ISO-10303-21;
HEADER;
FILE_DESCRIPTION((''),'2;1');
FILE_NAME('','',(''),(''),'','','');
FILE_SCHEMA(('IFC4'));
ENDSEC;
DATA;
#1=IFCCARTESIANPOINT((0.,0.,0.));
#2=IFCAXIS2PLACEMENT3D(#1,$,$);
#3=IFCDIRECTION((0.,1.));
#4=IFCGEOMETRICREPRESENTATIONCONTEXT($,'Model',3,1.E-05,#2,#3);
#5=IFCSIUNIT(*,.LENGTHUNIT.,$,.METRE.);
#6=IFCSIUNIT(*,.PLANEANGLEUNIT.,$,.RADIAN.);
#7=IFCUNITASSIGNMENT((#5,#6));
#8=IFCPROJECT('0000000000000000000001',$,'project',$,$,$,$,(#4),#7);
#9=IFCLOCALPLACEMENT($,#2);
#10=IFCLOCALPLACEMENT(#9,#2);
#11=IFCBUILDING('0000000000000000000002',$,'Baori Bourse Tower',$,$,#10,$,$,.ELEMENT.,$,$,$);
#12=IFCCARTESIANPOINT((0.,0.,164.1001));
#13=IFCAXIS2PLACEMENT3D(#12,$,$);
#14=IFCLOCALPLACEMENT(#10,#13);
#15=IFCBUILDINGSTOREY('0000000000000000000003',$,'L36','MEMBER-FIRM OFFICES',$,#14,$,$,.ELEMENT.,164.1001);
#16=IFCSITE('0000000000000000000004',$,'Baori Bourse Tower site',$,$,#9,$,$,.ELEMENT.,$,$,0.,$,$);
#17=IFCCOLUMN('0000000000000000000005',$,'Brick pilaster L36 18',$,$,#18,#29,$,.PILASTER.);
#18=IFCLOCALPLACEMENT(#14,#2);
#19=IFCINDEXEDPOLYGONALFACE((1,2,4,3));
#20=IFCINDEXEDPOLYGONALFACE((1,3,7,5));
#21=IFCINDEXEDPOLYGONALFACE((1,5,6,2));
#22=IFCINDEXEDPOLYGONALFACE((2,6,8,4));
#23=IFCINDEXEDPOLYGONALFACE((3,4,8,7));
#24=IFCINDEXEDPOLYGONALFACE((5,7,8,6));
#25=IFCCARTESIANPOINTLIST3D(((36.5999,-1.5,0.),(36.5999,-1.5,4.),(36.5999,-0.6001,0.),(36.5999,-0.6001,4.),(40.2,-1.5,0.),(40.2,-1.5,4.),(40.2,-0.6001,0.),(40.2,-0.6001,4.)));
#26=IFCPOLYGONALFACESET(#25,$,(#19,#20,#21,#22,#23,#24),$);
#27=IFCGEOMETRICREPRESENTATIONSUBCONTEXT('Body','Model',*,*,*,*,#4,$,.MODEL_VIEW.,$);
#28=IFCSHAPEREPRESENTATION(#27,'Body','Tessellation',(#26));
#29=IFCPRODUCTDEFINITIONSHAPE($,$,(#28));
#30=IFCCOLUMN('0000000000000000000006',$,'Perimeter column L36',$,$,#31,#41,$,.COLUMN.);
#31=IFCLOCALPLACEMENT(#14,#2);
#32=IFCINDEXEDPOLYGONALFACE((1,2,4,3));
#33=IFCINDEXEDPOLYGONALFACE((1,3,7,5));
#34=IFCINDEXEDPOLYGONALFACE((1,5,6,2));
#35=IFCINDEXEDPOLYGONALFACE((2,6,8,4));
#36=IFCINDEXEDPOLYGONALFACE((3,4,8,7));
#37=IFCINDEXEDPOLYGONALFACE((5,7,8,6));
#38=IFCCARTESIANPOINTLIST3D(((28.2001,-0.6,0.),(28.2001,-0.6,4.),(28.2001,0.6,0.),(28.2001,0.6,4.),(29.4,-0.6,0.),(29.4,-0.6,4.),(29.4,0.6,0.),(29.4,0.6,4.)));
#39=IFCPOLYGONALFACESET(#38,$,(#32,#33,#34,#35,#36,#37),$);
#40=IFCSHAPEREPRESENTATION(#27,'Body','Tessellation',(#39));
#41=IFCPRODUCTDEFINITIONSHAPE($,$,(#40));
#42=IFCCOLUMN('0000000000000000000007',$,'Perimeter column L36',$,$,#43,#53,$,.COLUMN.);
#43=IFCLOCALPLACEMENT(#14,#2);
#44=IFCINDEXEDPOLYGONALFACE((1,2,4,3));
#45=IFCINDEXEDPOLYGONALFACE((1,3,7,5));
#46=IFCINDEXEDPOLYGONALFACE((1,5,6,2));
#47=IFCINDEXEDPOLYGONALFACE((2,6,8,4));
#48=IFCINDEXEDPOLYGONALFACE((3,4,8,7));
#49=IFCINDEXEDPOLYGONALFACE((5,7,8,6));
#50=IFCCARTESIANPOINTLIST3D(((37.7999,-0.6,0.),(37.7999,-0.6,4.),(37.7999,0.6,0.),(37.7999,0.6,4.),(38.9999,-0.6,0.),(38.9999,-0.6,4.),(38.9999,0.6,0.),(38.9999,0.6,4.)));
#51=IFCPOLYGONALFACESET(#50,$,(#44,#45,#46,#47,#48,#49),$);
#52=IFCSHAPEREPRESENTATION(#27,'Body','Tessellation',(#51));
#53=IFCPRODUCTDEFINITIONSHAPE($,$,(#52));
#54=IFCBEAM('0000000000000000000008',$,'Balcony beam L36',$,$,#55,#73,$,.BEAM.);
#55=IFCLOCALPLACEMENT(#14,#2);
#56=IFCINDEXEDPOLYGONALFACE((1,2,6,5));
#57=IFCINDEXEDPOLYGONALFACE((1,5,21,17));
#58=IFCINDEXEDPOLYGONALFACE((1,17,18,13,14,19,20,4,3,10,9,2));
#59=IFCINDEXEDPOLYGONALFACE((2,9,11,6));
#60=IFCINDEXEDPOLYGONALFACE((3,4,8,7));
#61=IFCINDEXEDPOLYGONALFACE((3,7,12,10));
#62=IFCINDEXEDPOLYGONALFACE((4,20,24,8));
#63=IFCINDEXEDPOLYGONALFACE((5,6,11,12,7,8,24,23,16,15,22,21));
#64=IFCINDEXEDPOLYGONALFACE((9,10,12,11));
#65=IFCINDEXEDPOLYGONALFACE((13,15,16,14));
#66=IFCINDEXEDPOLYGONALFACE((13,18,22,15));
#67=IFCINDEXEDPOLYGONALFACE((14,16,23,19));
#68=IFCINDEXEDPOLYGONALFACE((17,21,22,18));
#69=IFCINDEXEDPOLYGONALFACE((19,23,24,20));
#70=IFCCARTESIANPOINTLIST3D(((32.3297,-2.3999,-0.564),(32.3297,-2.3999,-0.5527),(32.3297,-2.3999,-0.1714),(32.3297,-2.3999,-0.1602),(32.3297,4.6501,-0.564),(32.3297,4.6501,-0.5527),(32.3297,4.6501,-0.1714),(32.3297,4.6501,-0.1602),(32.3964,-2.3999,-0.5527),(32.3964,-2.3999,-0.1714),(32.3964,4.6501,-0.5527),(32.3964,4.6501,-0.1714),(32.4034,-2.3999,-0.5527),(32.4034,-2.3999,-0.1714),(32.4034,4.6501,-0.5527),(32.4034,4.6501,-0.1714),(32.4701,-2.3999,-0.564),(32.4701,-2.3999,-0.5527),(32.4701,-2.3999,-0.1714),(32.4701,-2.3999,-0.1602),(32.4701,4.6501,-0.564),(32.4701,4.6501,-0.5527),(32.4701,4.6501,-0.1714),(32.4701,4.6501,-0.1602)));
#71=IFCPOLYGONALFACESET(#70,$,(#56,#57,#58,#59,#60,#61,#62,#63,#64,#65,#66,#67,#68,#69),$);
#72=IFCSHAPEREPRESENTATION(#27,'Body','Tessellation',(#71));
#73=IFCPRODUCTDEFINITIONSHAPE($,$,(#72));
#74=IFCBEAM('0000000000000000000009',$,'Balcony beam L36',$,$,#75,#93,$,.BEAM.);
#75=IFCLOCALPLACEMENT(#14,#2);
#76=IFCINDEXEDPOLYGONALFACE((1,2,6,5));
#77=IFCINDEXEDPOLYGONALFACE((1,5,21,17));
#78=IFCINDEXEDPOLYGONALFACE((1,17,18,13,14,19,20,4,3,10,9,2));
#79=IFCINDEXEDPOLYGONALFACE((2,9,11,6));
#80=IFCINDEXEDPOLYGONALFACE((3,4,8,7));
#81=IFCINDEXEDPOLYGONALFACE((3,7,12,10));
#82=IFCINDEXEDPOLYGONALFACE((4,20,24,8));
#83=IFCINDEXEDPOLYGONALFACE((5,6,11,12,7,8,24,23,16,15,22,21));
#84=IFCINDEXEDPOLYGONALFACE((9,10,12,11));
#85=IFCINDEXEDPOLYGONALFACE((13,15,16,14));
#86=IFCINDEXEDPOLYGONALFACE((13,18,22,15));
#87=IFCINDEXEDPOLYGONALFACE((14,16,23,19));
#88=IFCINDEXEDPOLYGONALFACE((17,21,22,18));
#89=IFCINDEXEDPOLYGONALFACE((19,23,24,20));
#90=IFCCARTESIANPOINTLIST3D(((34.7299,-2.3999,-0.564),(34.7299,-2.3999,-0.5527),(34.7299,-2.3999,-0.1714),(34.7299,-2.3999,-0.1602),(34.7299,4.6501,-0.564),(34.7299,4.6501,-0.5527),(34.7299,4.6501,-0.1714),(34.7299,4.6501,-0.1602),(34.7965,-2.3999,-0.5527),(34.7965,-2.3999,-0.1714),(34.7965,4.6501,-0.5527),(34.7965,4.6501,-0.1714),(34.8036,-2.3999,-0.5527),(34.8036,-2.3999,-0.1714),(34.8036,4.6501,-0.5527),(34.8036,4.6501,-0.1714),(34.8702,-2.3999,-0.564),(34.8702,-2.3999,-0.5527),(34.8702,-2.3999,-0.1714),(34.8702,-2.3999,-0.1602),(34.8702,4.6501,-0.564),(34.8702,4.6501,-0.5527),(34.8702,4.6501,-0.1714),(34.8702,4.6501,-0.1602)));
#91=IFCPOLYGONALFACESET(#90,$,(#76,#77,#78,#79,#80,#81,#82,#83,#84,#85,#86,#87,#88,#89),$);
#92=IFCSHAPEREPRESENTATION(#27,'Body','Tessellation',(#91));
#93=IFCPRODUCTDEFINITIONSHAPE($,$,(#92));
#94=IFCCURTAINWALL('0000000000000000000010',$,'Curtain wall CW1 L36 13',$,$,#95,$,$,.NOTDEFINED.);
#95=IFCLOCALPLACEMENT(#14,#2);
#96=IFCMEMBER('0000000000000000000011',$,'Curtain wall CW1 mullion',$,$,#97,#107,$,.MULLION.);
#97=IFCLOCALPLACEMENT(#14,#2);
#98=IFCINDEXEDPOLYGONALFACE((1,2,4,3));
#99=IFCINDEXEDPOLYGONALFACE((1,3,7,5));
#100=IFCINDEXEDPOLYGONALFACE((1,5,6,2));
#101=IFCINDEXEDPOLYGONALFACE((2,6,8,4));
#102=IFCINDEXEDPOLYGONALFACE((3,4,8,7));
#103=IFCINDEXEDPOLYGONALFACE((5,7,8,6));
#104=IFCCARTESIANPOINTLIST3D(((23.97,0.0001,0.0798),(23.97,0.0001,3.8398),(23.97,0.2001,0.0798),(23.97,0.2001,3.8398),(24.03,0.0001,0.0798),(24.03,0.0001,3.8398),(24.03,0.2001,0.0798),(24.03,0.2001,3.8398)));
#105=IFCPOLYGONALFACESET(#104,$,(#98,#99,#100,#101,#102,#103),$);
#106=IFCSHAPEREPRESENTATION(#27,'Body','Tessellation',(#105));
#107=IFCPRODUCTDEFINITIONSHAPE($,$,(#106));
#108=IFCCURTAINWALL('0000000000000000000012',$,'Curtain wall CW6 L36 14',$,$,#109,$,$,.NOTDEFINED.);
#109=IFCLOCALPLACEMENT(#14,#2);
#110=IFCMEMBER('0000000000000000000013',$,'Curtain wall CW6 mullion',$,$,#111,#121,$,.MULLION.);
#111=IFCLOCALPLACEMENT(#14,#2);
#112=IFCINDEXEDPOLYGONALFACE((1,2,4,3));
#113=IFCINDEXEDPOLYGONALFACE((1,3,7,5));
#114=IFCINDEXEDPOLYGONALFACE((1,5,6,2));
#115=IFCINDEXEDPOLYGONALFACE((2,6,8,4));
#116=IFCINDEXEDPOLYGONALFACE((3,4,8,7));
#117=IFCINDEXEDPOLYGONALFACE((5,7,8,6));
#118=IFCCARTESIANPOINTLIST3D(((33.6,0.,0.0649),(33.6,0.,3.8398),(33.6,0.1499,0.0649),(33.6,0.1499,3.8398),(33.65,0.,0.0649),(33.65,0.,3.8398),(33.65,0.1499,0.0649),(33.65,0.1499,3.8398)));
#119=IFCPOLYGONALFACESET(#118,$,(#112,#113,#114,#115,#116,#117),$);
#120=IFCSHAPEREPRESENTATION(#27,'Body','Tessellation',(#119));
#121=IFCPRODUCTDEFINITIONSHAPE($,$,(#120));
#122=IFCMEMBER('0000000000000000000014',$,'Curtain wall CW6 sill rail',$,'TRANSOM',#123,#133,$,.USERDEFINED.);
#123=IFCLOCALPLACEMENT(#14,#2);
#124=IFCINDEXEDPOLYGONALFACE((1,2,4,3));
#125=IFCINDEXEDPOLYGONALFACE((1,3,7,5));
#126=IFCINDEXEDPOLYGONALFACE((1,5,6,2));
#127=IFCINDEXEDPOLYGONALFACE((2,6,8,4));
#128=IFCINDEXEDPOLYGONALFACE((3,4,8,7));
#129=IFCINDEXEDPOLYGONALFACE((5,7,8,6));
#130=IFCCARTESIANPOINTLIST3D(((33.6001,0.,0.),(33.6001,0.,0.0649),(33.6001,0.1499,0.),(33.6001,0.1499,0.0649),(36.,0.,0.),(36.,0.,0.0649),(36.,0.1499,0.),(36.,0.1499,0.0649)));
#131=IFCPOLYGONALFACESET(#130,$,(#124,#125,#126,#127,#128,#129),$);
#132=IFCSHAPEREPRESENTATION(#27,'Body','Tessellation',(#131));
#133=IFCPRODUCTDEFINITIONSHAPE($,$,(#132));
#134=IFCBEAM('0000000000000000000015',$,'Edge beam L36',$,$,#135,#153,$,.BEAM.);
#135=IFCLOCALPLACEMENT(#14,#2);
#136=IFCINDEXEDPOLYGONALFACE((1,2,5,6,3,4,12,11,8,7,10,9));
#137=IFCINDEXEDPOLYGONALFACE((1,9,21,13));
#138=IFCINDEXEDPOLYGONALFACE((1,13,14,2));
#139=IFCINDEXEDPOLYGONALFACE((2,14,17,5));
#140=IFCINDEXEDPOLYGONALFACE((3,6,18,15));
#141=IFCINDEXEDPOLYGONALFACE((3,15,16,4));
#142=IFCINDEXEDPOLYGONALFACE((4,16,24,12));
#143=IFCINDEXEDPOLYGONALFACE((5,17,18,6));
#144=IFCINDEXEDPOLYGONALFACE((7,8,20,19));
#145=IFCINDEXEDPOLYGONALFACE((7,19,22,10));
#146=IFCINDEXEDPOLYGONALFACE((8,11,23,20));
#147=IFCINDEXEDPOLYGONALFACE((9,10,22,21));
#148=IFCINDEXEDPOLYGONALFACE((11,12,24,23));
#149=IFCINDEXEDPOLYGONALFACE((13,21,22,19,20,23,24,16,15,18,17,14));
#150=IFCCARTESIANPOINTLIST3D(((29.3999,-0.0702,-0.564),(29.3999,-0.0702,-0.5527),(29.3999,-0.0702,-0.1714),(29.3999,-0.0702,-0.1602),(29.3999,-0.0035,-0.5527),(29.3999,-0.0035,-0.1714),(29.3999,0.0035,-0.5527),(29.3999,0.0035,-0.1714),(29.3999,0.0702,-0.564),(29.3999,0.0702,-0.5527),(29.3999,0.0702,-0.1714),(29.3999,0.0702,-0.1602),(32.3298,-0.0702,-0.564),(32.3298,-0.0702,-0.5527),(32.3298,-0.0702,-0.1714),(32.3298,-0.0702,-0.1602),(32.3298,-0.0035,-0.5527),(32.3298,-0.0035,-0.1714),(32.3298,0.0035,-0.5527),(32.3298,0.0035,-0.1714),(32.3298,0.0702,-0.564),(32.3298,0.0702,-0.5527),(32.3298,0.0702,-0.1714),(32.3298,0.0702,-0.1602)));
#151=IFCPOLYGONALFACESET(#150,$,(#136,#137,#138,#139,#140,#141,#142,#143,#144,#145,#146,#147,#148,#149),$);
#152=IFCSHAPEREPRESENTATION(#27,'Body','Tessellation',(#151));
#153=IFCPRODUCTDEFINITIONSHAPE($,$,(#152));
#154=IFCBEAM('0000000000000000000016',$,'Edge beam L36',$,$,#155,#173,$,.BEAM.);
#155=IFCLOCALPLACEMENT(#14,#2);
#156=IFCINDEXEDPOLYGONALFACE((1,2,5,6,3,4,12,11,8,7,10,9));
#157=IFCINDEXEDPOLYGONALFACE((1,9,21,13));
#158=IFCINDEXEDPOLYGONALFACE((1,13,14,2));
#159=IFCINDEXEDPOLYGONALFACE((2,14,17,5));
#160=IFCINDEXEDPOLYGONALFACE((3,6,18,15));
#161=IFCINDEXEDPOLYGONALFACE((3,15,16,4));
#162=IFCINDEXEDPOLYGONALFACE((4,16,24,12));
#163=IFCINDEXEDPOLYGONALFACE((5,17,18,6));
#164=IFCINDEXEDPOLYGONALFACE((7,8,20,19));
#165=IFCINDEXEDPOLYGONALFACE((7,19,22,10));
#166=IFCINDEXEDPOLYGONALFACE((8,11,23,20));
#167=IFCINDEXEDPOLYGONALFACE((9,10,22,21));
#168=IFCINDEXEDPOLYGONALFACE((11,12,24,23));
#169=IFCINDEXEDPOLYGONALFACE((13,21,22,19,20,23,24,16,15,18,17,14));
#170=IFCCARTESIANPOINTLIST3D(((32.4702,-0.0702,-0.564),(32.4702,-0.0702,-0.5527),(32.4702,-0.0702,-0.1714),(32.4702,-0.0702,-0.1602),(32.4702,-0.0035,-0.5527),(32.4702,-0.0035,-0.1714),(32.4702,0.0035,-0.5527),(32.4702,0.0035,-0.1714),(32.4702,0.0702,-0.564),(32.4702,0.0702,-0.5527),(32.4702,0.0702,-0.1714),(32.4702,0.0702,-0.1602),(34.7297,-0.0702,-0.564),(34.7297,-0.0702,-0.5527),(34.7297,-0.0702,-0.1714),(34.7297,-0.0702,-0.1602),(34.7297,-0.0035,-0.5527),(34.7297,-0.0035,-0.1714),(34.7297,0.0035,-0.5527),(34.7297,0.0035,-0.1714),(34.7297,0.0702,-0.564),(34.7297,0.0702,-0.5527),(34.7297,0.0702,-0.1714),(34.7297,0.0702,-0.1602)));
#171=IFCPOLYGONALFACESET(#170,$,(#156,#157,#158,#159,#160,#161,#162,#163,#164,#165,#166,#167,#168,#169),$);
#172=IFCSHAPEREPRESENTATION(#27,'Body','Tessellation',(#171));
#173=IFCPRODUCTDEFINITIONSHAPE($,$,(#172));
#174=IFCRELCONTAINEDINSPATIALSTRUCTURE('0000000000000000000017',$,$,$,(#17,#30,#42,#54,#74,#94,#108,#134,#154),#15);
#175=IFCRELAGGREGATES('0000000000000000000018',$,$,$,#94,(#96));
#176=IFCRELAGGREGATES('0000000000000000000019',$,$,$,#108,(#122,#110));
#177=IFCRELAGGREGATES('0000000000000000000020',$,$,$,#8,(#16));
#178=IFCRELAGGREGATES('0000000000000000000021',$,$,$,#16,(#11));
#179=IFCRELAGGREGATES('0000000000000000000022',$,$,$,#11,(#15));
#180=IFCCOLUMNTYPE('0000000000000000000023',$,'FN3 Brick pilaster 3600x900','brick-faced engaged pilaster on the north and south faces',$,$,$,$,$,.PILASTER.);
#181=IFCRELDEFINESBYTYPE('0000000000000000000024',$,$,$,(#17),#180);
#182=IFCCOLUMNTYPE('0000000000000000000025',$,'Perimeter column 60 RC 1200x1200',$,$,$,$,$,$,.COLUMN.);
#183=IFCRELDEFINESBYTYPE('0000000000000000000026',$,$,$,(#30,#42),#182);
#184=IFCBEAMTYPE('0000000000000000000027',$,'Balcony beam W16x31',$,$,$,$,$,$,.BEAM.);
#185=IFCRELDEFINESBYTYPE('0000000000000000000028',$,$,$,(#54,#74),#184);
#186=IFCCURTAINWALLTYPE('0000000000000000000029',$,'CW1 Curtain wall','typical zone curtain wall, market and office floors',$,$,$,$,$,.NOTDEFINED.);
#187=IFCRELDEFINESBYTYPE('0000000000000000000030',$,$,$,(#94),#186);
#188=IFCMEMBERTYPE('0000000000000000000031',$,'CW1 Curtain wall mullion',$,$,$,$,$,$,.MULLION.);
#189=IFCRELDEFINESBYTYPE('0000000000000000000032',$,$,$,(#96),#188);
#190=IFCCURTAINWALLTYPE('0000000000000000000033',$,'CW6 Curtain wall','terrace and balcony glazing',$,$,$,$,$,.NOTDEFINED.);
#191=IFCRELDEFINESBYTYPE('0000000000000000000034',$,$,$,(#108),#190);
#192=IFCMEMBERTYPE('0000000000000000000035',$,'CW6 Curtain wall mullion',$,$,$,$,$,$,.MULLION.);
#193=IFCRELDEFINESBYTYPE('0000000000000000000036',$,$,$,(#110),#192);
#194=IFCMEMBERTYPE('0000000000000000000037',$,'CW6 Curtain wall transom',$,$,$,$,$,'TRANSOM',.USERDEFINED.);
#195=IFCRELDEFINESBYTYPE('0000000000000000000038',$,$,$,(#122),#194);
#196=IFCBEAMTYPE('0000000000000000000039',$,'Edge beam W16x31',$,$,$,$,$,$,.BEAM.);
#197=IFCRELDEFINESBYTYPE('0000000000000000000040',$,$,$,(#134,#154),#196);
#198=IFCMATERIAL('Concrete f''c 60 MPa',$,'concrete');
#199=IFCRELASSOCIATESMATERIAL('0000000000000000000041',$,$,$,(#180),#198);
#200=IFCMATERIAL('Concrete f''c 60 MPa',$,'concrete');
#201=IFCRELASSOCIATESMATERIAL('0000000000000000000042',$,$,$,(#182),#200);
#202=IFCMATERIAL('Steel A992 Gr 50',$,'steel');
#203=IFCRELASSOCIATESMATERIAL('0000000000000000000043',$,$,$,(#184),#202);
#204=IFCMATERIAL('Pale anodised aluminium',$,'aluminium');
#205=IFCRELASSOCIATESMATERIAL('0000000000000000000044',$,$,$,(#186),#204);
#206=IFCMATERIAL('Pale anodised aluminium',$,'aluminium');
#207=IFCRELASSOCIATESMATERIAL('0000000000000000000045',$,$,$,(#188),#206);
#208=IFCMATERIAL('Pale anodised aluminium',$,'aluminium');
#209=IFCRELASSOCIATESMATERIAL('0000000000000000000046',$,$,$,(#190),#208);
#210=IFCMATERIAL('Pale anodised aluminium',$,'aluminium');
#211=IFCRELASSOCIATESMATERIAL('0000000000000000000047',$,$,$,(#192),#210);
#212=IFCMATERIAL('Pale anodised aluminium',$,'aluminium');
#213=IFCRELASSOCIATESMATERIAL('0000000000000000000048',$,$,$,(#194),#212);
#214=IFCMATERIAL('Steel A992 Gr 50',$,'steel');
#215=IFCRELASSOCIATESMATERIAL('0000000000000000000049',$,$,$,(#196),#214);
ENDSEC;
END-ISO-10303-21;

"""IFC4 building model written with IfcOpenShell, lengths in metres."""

from ifc_helpers import new_model, si_unit, direction, frame, origin, origin_2d, place, context, subcontext, project, spatial, rectangle, i_section, extrude, material, material_profile, profile_set, type_object, element, aggregate, save


model = new_model("IFC4")

# Units and contexts
model_context = context("Model", 3, precision=1e-05, world=origin(), true_north=direction((0.0, 1.0)))
body_context = subcontext(model_context, "Body", "Model", "MODEL_VIEW")
ifc_project = project(units=[si_unit("LENGTHUNIT", "METRE"), si_unit("PLANEANGLEUNIT", "RADIAN")], contexts=[model_context])

# Site, building, storey
site_placement = place(None, origin())
site = spatial("IfcSite", under=ifc_project, at=site_placement, Name="Baori Bourse Tower site", CompositionType="ELEMENT", RefElevation=0.0)
building_placement = place(site_placement, origin())
building = spatial("IfcBuilding", under=site, at=building_placement, Name="Baori Bourse Tower", CompositionType="ELEMENT")
storey_placement = place(building_placement, frame((0.0, 0.0, 164.1001)))
storey = spatial("IfcBuildingStorey", under=building, at=storey_placement, Name="L36", Description="MEMBER-FIRM OFFICES", CompositionType="ELEMENT", Elevation=164.1001)

# Columns
ifc_material_1 = material(Name="Concrete f'c 60 MPa", Category="concrete")
ifc_material_profile_1 = material_profile(ifc_material_1, rectangle(XDim=3.6001, YDim=0.8999, at=origin_2d()), Name="RC 3600x900")
ifc_profile_set_1 = profile_set([ifc_material_profile_1], Name="Concrete f'c 60 MPa")
column_type_1 = type_object("IfcColumnType", Name="FN3 Brick pilaster 3600x900", Description="brick-faced engaged pilaster on the north and south faces", PredefinedType="PILASTER", material=ifc_profile_set_1)
column_placement = place(storey_placement, frame((38.3999, -1.05, 0.0), z_axis=(0.0, 0.0, 1.0), x_axis=(1.0, 0.0, 0.0)))
element("IfcColumn", 1, at=column_placement, inside=storey, type_object=column_type_1, Name="Brick pilaster L36 18", PredefinedType="PILASTER", context=body_context, shape_type="SweptSolid", body=[
    extrude(rectangle(XDim=3.6001, YDim=0.8999, at=origin_2d()), origin(), (0.0, 0.0, 1.0), 4.0),
])
ifc_material_2 = material(Name="Concrete f'c 60 MPa", Category="concrete")
ifc_material_profile_2 = material_profile(ifc_material_2, rectangle(XDim=1.2, YDim=1.2, at=origin_2d()), Name="RC 1200x1200")
ifc_profile_set_2 = profile_set([ifc_material_profile_2], Name="Concrete f'c 60 MPa")
column_type_2 = type_object("IfcColumnType", Name="Perimeter column 60 RC 1200x1200", PredefinedType="COLUMN", material=ifc_profile_set_2)
for number, where, z_axis, x_axis, name in (
    (2, (28.8, 0.0, 0.0), (0.0, 0.0, 1.0), (1.0, 0.0, 0.0), "Perimeter column L36"),
    (3, (38.3999, 0.0, 0.0), (0.0, 0.0, 1.0), (1.0, 0.0, 0.0), "Perimeter column L36"),
):
    element("IfcColumn", number, at=place(storey_placement, frame(where, z_axis=z_axis, x_axis=x_axis)), inside=storey, type_object=column_type_2, Name=name, PredefinedType="COLUMN", context=body_context, shape_type="SweptSolid", body=[
        extrude(rectangle(XDim=1.2, YDim=1.2, at=origin_2d()), origin(), (0.0, 0.0, 1.0), 4.0),
    ])

# Beams
ifc_material_3 = material(Name="Steel A992 Gr 50", Category="steel")
ifc_material_profile_3 = material_profile(ifc_material_3, i_section(OverallWidth=0.1404, OverallDepth=0.4038, WebThickness=0.0071, FlangeThickness=0.0112, at=origin_2d()), Name="W16x31")
ifc_profile_set_3 = profile_set([ifc_material_profile_3], Name="Steel A992 Gr 50")
beam_type_1 = type_object("IfcBeamType", Name="Balcony beam W16x31", PredefinedType="BEAM", material=ifc_profile_set_3)
for number, where, z_axis, x_axis, name in (
    (4, (32.3999, -2.3999, -0.3621), (0.0, 1.0, 0.0), (-1.0, 0.0, 0.0), "Balcony beam L36"),
    (5, (34.8, -2.3999, -0.3621), (0.0, 1.0, 0.0), (-1.0, 0.0, 0.0), "Balcony beam L36"),
):
    element("IfcBeam", number, at=place(storey_placement, frame(where, z_axis=z_axis, x_axis=x_axis)), inside=storey, type_object=beam_type_1, Name=name, PredefinedType="BEAM", context=body_context, shape_type="SweptSolid", body=[
        extrude(i_section(OverallWidth=0.1404, OverallDepth=0.4038, WebThickness=0.0071, FlangeThickness=0.0112, at=origin_2d()), origin(), (0.0, 0.0, 1.0), 7.05),
    ])

# Curtain wall, member
ifc_material_4 = material(Name="Pale anodised aluminium", Category="aluminium")
curtain_wall_type_1 = type_object("IfcCurtainWallType", Name="CW1 Curtain wall", Description="typical zone curtain wall, market and office floors", PredefinedType="NOTDEFINED", material=ifc_material_4)
curtain_wall_1_placement = place(storey_placement, origin())
curtain_wall_1 = element("IfcCurtainWall", 6, at=curtain_wall_1_placement, inside=storey, type_object=curtain_wall_type_1, Name="Curtain wall CW1 L36 13", PredefinedType="NOTDEFINED")
ifc_material_5 = material(Name="Pale anodised aluminium", Category="aluminium")
ifc_material_profile_4 = material_profile(ifc_material_5, rectangle(XDim=0.2, YDim=0.0601, at=origin_2d()), Name="Mullion 60x200")
ifc_profile_set_4 = profile_set([ifc_material_profile_4], Name="Pale anodised aluminium")
member_type_1 = type_object("IfcMemberType", Name="CW1 Curtain wall mullion", PredefinedType="MULLION", material=ifc_profile_set_4)
member_1_placement = place(storey_placement, frame((24.0, 0.1001, 0.0798), z_axis=(0.0, 0.0, 1.0), x_axis=(0.0, 1.0, 0.0)))
member_1 = element("IfcMember", 7, at=member_1_placement, type_object=member_type_1, Name="Curtain wall CW1 mullion", PredefinedType="MULLION", context=body_context, shape_type="SweptSolid", body=[
    extrude(rectangle(XDim=0.2, YDim=0.0601, at=origin_2d()), origin(), (0.0, 0.0, 1.0), 3.76),
])
aggregate(curtain_wall_1, [member_1])

# Curtain wall, members
ifc_material_6 = material(Name="Pale anodised aluminium", Category="aluminium")
curtain_wall_type_2 = type_object("IfcCurtainWallType", Name="CW6 Curtain wall", Description="terrace and balcony glazing", PredefinedType="NOTDEFINED", material=ifc_material_6)
curtain_wall_2_placement = place(storey_placement, origin())
curtain_wall_2 = element("IfcCurtainWall", 8, at=curtain_wall_2_placement, inside=storey, type_object=curtain_wall_type_2, Name="Curtain wall CW6 L36 14", PredefinedType="NOTDEFINED")
ifc_material_7 = material(Name="Pale anodised aluminium", Category="aluminium")
ifc_material_profile_5 = material_profile(ifc_material_7, rectangle(XDim=0.1499, YDim=0.05, at=origin_2d()), Name="Mullion 50x150")
ifc_profile_set_5 = profile_set([ifc_material_profile_5], Name="Pale anodised aluminium")
member_type_2 = type_object("IfcMemberType", Name="CW6 Curtain wall mullion", PredefinedType="MULLION", material=ifc_profile_set_5)
member_2_placement = place(storey_placement, frame((33.625, 0.075, 0.0649), z_axis=(0.0, 0.0, 1.0), x_axis=(0.0, 1.0, 0.0)))
member_2 = element("IfcMember", 9, at=member_2_placement, type_object=member_type_2, Name="Curtain wall CW6 mullion", PredefinedType="MULLION", context=body_context, shape_type="SweptSolid", body=[
    extrude(rectangle(XDim=0.1499, YDim=0.05, at=origin_2d()), origin(), (0.0, 0.0, 1.0), 3.7749),
])
ifc_material_8 = material(Name="Pale anodised aluminium", Category="aluminium")
ifc_material_profile_6 = material_profile(ifc_material_8, rectangle(XDim=0.1499, YDim=0.0649, at=origin_2d()), Name="Transom 65x150")
ifc_profile_set_6 = profile_set([ifc_material_profile_6], Name="Pale anodised aluminium")
member_type_3 = type_object("IfcMemberType", Name="CW6 Curtain wall transom", ElementType="TRANSOM", PredefinedType="USERDEFINED", material=ifc_profile_set_6)
member_3_placement = place(storey_placement, frame((33.6001, 0.075, 0.0325), z_axis=(1.0, 0.0, 0.0), x_axis=(0.0, 1.0, 0.0)))
member_3 = element("IfcMember", 10, at=member_3_placement, type_object=member_type_3, Name="Curtain wall CW6 sill rail", ObjectType="TRANSOM", PredefinedType="USERDEFINED", context=body_context, shape_type="SweptSolid", body=[
    extrude(rectangle(XDim=0.1499, YDim=0.0649, at=origin_2d()), origin(), (0.0, 0.0, 1.0), 2.3999),
])

# Beams
ifc_material_9 = material(Name="Steel A992 Gr 50", Category="steel")
ifc_material_profile_7 = material_profile(ifc_material_9, i_section(OverallWidth=0.1404, OverallDepth=0.4038, WebThickness=0.0071, FlangeThickness=0.0112, at=origin_2d()), Name="W16x31")
ifc_profile_set_7 = profile_set([ifc_material_profile_7], Name="Steel A992 Gr 50")
beam_type_2 = type_object("IfcBeamType", Name="Edge beam W16x31", PredefinedType="BEAM", material=ifc_profile_set_7)
beam_1_placement = place(storey_placement, frame((29.3999, 0.0, -0.3621), z_axis=(1.0, 0.0, 0.0), x_axis=(0.0, 1.0, 0.0)))
element("IfcBeam", 11, at=beam_1_placement, inside=storey, type_object=beam_type_2, Name="Edge beam L36", PredefinedType="BEAM", context=body_context, shape_type="SweptSolid", body=[
    extrude(i_section(OverallWidth=0.1404, OverallDepth=0.4038, WebThickness=0.0071, FlangeThickness=0.0112, at=origin_2d()), origin(), (0.0, 0.0, 1.0), 2.9299),
])
beam_2_placement = place(storey_placement, frame((32.4702, 0.0, -0.3621), z_axis=(1.0, 0.0, 0.0), x_axis=(0.0, 1.0, 0.0)))
element("IfcBeam", 12, at=beam_2_placement, inside=storey, type_object=beam_type_2, Name="Edge beam L36", PredefinedType="BEAM", context=body_context, shape_type="SweptSolid", body=[
    extrude(i_section(OverallWidth=0.1404, OverallDepth=0.4038, WebThickness=0.0071, FlangeThickness=0.0112, at=origin_2d()), origin(), (0.0, 0.0, 1.0), 2.2595),
])

aggregate(curtain_wall_2, [member_3, member_2])

save(model, "model.ifc")
